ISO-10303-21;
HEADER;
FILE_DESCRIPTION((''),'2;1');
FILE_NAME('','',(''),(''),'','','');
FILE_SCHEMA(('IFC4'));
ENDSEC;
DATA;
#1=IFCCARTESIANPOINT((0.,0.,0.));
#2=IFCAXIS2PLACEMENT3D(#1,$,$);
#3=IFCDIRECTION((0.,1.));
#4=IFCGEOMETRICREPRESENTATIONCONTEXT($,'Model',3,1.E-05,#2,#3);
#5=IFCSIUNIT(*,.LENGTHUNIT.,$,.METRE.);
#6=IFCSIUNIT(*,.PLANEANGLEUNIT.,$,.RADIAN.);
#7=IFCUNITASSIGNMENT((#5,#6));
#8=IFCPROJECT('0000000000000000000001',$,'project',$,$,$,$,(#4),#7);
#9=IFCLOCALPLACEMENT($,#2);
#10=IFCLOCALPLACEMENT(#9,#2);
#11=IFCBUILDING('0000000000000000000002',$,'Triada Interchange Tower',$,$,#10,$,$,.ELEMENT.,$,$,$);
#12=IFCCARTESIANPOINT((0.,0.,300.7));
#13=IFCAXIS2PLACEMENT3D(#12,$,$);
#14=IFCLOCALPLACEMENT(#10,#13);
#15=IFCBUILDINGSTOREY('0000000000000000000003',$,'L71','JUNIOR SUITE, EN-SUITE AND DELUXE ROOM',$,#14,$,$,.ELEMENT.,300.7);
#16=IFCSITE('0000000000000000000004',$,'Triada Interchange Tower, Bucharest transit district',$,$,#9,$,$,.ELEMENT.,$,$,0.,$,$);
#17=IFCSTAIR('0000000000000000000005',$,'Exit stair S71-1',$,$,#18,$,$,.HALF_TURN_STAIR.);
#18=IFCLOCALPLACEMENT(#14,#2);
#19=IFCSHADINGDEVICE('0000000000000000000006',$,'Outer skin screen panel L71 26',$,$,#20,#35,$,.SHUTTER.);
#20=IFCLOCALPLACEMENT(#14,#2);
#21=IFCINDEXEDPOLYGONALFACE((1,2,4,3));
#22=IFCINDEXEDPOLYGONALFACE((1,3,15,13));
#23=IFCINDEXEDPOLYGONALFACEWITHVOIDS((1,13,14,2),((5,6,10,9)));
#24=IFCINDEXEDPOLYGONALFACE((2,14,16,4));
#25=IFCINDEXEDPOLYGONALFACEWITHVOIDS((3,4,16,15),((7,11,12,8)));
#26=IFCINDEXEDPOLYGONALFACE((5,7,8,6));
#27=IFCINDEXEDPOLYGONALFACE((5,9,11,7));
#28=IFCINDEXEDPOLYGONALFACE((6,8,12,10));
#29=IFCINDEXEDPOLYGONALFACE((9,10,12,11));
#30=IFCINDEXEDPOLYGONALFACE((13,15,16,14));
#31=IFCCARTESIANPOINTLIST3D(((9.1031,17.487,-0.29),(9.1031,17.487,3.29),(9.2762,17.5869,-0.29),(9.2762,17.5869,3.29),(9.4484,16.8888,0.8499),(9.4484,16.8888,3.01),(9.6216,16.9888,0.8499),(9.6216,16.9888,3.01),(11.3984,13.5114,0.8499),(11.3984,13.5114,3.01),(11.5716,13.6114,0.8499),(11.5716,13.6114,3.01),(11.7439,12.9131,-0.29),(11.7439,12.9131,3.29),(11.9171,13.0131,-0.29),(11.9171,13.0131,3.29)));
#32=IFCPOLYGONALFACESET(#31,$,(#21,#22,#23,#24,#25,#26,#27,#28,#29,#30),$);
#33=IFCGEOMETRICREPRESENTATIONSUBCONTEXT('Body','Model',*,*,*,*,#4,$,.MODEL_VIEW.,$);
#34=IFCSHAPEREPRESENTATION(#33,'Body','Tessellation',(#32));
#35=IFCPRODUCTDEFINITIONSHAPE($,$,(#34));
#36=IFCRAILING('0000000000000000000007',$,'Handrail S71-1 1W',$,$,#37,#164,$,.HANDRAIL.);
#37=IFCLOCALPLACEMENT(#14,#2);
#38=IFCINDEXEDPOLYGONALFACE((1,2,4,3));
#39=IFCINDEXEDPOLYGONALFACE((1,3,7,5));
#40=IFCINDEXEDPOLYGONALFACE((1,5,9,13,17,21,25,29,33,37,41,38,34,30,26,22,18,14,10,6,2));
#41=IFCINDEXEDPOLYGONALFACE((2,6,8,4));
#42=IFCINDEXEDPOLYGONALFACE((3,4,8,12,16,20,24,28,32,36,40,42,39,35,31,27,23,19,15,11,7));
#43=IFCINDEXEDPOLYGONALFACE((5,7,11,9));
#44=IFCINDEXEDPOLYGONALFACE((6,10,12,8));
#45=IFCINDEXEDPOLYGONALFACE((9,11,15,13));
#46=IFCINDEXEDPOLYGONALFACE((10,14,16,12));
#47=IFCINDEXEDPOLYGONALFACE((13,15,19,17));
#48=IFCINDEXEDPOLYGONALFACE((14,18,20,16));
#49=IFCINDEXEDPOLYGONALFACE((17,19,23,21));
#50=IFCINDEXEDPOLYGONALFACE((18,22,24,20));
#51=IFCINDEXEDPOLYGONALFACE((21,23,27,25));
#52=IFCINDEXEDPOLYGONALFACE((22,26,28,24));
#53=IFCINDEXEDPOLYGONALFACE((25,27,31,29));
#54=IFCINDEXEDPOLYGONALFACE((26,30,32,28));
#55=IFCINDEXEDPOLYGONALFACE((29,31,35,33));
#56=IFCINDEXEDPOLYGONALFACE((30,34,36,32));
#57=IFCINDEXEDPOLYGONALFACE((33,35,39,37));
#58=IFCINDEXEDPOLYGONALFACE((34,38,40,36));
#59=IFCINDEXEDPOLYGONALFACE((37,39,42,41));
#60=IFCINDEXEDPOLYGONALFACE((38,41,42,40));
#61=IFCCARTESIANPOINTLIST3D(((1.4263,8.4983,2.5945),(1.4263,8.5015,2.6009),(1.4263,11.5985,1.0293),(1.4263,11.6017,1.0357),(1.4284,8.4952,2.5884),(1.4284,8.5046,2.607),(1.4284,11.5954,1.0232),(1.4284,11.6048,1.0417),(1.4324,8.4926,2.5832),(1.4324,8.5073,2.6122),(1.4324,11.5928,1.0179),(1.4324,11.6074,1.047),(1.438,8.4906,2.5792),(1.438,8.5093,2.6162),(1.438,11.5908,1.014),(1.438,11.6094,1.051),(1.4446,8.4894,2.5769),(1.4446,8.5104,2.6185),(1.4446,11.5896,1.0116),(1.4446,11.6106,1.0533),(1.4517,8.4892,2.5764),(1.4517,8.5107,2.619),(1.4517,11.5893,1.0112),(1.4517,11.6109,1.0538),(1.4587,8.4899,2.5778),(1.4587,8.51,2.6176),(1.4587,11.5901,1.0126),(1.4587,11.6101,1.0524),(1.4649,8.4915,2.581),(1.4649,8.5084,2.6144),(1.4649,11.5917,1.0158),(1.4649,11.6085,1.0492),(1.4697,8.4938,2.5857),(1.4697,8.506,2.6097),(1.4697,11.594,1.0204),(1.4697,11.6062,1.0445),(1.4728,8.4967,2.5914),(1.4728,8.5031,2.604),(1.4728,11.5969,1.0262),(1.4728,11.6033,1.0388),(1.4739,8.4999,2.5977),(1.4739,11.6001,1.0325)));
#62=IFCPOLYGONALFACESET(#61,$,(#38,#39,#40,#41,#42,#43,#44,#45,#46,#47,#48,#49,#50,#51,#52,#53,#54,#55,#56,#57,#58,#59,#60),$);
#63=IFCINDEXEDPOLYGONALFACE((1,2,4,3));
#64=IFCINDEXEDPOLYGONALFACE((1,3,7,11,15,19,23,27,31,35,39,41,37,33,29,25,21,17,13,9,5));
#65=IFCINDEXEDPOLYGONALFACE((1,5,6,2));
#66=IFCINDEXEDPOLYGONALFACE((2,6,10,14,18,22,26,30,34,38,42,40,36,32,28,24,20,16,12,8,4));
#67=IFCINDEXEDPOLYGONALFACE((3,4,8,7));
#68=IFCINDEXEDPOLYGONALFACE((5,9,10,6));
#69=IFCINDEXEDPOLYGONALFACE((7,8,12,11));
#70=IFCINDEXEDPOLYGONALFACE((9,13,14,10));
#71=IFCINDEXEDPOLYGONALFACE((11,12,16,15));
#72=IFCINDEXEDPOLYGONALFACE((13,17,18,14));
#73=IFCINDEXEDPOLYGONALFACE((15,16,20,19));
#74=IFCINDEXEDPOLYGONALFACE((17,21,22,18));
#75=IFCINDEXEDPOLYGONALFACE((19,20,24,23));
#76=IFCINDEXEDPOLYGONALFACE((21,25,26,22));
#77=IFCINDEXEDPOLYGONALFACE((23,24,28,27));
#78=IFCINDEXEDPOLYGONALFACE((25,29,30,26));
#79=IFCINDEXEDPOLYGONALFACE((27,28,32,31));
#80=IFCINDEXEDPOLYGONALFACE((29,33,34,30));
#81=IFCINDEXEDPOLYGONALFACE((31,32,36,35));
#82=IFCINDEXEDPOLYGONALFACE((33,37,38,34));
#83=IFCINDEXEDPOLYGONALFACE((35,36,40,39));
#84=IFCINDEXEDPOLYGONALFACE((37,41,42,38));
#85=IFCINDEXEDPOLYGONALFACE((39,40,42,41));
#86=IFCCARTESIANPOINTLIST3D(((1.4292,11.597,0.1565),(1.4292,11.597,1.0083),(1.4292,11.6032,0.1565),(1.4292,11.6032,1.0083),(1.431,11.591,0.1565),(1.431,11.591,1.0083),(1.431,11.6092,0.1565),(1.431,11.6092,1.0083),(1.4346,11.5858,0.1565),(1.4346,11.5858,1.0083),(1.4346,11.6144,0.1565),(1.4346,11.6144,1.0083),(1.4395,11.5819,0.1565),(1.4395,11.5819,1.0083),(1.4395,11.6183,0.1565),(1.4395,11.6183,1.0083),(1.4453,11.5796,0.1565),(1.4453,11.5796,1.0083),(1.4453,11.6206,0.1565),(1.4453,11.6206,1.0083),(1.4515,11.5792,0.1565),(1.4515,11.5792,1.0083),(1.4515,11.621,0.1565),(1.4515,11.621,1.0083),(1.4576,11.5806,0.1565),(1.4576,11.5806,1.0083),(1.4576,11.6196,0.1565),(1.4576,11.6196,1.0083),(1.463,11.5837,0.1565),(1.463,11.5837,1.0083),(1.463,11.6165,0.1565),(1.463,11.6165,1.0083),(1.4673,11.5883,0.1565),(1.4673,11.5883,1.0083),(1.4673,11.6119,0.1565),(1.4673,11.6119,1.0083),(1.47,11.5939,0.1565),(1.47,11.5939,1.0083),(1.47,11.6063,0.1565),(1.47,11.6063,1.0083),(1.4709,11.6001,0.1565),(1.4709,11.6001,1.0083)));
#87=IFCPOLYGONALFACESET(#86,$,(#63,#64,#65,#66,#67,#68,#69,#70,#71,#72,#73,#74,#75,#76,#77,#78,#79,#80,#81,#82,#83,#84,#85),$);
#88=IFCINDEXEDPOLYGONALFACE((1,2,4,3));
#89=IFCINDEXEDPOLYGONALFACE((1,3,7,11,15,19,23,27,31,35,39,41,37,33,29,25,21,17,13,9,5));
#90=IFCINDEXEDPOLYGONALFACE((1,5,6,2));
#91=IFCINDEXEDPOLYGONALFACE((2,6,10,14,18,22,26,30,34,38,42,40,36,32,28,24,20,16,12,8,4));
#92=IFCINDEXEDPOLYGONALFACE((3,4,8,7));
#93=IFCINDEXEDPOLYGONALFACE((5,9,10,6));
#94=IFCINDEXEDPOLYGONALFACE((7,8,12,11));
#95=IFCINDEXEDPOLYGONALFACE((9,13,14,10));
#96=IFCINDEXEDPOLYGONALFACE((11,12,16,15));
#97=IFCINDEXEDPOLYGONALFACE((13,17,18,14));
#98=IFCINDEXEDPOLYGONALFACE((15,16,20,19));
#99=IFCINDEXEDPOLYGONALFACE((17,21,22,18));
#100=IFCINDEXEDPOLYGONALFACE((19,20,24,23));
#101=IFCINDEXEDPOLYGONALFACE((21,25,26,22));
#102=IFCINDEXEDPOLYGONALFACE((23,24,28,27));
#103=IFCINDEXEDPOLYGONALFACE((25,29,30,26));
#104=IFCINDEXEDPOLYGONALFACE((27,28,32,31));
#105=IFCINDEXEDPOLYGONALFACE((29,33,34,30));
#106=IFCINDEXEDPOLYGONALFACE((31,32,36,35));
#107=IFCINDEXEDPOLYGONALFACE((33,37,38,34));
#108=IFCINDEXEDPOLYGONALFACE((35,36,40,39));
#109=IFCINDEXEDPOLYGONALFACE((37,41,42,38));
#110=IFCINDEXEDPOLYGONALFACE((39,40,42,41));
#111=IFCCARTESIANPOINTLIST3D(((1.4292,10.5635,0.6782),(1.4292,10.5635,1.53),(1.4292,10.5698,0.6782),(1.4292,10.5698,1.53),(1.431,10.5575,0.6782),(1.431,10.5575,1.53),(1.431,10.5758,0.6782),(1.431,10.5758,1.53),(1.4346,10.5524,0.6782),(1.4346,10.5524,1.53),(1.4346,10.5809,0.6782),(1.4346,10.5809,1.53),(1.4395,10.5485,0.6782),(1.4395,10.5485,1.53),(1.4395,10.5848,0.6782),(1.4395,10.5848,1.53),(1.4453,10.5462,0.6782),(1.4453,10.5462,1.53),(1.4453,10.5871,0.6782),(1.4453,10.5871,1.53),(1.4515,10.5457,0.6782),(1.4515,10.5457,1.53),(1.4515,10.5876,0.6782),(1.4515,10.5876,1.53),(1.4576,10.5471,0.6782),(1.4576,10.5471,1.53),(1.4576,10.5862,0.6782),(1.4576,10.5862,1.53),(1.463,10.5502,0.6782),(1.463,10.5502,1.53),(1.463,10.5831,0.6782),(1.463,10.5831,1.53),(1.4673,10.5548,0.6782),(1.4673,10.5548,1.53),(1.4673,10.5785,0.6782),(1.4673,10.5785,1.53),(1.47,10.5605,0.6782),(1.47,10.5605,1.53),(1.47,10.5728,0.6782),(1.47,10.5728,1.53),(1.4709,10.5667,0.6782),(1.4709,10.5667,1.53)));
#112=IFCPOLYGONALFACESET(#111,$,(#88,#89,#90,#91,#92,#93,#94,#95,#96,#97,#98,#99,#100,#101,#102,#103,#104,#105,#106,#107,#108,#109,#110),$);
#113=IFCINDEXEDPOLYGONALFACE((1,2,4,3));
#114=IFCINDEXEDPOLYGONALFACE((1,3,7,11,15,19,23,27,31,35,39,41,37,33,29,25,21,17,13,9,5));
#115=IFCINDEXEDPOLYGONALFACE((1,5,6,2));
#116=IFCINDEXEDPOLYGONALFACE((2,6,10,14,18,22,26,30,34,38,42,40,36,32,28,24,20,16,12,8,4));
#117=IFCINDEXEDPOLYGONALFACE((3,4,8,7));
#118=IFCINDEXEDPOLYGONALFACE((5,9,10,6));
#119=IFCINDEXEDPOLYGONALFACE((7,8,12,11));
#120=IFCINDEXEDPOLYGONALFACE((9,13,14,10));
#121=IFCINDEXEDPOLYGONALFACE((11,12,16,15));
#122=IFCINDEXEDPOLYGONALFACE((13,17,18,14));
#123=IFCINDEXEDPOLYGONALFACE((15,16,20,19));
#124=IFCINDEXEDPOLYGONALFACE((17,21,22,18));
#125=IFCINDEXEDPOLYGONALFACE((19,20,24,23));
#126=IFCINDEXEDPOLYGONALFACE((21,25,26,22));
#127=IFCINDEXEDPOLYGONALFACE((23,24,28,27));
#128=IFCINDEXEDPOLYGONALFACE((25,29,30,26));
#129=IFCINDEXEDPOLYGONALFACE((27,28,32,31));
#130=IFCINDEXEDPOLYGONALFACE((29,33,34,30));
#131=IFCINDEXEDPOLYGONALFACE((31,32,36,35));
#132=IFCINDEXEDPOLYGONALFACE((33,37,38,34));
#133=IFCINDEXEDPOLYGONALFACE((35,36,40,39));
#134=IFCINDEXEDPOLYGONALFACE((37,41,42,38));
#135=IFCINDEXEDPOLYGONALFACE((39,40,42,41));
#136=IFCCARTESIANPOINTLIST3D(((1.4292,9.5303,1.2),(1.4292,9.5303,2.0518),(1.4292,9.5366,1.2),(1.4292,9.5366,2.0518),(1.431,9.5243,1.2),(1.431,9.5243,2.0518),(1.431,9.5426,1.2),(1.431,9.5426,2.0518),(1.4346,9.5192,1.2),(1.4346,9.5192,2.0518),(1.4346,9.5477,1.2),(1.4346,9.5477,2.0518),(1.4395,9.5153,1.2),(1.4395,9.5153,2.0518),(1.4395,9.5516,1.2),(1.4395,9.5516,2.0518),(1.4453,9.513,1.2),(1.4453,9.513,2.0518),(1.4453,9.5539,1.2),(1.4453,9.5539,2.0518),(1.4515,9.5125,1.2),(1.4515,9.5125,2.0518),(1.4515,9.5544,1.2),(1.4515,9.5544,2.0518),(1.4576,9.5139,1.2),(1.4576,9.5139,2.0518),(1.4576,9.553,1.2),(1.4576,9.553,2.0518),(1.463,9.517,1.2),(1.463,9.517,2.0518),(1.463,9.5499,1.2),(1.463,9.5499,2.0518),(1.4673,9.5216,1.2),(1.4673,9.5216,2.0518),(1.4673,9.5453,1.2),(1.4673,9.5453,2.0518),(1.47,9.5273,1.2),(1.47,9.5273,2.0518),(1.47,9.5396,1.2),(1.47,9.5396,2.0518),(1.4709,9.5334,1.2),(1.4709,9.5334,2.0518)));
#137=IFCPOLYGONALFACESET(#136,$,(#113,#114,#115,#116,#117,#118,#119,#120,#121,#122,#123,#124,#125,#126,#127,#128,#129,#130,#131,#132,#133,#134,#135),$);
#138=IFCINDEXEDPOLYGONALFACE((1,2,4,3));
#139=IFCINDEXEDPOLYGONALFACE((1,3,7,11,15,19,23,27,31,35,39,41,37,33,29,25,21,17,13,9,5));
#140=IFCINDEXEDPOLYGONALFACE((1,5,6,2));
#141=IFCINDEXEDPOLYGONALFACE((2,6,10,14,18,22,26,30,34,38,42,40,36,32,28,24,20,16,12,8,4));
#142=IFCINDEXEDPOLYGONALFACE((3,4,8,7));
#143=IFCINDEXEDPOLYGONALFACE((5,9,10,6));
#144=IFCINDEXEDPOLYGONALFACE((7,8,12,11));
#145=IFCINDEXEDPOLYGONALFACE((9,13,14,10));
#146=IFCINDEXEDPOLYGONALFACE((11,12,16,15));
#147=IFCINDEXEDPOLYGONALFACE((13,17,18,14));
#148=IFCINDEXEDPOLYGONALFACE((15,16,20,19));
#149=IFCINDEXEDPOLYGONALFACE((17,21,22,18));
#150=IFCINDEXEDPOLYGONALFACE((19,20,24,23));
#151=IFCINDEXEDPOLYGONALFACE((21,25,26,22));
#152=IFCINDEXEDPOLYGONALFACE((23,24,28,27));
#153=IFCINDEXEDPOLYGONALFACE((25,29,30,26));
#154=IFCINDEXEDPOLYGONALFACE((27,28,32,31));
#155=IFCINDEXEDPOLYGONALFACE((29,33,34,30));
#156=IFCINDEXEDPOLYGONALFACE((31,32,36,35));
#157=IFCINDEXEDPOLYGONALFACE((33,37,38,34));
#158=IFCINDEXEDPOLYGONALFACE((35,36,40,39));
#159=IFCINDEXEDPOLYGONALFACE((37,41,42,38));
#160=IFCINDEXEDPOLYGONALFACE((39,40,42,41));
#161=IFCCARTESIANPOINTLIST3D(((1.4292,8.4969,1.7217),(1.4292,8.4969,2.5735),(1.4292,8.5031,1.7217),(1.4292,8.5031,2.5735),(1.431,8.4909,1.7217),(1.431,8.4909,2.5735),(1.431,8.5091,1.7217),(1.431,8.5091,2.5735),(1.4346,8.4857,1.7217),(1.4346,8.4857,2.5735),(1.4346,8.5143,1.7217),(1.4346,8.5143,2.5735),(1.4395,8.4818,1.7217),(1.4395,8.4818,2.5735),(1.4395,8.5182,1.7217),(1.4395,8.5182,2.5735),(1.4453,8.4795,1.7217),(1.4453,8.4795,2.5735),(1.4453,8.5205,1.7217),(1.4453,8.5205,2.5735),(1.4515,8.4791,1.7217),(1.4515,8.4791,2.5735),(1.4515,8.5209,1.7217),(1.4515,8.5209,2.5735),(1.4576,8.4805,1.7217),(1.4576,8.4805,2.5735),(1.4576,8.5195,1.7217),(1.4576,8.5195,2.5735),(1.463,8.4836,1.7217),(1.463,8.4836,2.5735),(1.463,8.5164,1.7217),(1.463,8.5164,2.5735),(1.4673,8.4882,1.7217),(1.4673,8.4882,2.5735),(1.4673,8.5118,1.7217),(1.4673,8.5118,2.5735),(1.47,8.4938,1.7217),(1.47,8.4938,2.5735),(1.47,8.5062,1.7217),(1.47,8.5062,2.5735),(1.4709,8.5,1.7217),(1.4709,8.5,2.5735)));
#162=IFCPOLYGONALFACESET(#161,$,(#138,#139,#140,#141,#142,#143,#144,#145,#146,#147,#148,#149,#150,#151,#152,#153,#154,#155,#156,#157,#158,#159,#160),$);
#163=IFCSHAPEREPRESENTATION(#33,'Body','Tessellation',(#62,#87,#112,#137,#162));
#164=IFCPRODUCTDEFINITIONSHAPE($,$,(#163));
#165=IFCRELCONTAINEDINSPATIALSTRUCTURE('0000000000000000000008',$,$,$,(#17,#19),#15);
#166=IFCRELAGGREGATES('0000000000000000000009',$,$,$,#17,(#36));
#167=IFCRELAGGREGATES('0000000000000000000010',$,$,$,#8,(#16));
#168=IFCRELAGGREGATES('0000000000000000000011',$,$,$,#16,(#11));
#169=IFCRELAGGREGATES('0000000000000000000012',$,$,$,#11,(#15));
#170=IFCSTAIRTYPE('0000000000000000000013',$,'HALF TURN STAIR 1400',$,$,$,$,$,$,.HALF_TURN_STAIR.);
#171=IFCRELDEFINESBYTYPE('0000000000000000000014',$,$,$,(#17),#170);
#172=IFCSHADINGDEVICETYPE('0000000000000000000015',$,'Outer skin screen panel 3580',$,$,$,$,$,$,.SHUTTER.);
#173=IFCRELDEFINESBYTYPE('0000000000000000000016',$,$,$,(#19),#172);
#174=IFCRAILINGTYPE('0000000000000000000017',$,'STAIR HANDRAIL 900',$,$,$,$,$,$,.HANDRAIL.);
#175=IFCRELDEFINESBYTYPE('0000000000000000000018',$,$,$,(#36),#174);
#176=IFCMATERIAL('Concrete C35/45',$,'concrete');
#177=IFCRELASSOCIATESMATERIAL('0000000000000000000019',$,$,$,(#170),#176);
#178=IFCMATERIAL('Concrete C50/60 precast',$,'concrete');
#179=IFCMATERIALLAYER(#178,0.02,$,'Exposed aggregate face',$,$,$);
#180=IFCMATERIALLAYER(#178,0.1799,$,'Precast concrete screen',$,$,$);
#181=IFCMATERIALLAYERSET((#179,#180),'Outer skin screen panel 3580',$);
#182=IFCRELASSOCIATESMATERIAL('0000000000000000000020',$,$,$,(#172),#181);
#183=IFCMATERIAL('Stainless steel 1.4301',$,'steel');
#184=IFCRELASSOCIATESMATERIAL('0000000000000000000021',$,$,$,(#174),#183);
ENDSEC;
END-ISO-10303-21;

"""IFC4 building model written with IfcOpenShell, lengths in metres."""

from ifc_helpers import new_model, si_unit, direction, frame, origin, origin_2d, place, context, subcontext, project, spatial, polyline, circle, outline, extrude, material, layer, layer_set, type_object, element, aggregate, save


model = new_model("IFC4")

# Units and contexts
model_context = context("Model", 3, precision=1e-05, world=origin(), true_north=direction((0.0, 1.0)))
body_context = subcontext(model_context, "Body", "Model", "MODEL_VIEW")
ifc_project = project(units=[si_unit("LENGTHUNIT", "METRE"), si_unit("PLANEANGLEUNIT", "RADIAN")], contexts=[model_context])

# Site, building, storey
site_placement = place(None, origin())
site = spatial("IfcSite", under=ifc_project, at=site_placement, Name="Triada Interchange Tower, Bucharest transit district", CompositionType="ELEMENT", RefElevation=0.0)
building_placement = place(site_placement, origin())
building = spatial("IfcBuilding", under=site, at=building_placement, Name="Triada Interchange Tower", CompositionType="ELEMENT")
storey_placement = place(building_placement, frame((0.0, 0.0, 300.7)))
storey = spatial("IfcBuildingStorey", under=building, at=storey_placement, Name="L71", Description="JUNIOR SUITE, EN-SUITE AND DELUXE ROOM", CompositionType="ELEMENT", Elevation=300.7)

# Stair
ifc_material_1 = material(Name="Concrete C35/45", Category="concrete")
stair_type = type_object("IfcStairType", Name="HALF TURN STAIR 1400", PredefinedType="HALF_TURN_STAIR", material=ifc_material_1)
stair_placement = place(storey_placement, origin())
stair = element("IfcStair", 1, at=stair_placement, inside=storey, type_object=stair_type, Name="Exit stair S71-1", PredefinedType="HALF_TURN_STAIR")

# Shading device
ifc_material_2 = material(Name="Concrete C50/60 precast", Category="concrete")
ifc_layer_1 = layer(ifc_material_2, 0.02, Name="Exposed aggregate face")
ifc_layer_2 = layer(ifc_material_2, 0.1799, Name="Precast concrete screen")
ifc_layer_set_1 = layer_set([ifc_layer_1, ifc_layer_2], Name="Outer skin screen panel 3580")
shading_device_type = type_object("IfcShadingDeviceType", Name="Outer skin screen panel 3580", PredefinedType="SHUTTER", material=ifc_layer_set_1)
shading_device_1_placement = place(storey_placement, frame((11.7439, 12.9131, -0.29), z_axis=(0.0, 0.0, 1.0), x_axis=(-0.500012, 0.866019, 0.0)))
element("IfcShadingDevice", 2, at=shading_device_1_placement, inside=storey, type_object=shading_device_type, Name="Outer skin screen panel L71 26", PredefinedType="SHUTTER", context=body_context, shape_type="SweptSolid", body=[
    extrude(outline(polyline([(0.0, 0.0), (5.2815, 0.0), (5.2815, 3.5801), (0.0, 3.5801), (0.0, 0.0)]), holes=[polyline([(0.6909, 1.1399), (0.6909, 3.3), (4.5908, 3.3), (4.5908, 1.1399), (0.6909, 1.1399)])]), frame((0.0, 0.0, 0.0), z_axis=(0.0, -1.0, 0.0), x_axis=(1.0, 0.0, 0.0)), (0.0, 0.0, 1.0), 0.2),
])

# Railing
ifc_material_3 = material(Name="Stainless steel 1.4301", Category="steel")
railing_type = type_object("IfcRailingType", Name="STAIR HANDRAIL 900", PredefinedType="HANDRAIL", material=ifc_material_3)
railing_1_placement = place(storey_placement, frame((1.45, 11.6001, 0.1565)))
railing_1 = element("IfcRailing", 3, at=railing_1_placement, type_object=railing_type, Name="Handrail S71-1 1W", PredefinedType="HANDRAIL", context=body_context, shape_type="SweptSolid", body=[
    extrude(circle(Radius=0.0239, at=origin_2d()), frame((0.0, 0.0, 0.876), z_axis=(0.0, -0.892677, 0.450697), x_axis=(1.0, 0.0, 0.0)), (0.0, 0.0, 1.0), 3.4729),
    extrude(circle(Radius=0.021, at=origin_2d()), origin(), (0.0, 0.0, 1.0), 0.8518),
    extrude(circle(Radius=0.021, at=origin_2d()), frame((0.0, -1.0334, 0.5217)), (0.0, 0.0, 1.0), 0.8518),
    extrude(circle(Radius=0.021, at=origin_2d()), frame((0.0, -2.0667, 1.0435)), (0.0, 0.0, 1.0), 0.8518),
    extrude(circle(Radius=0.021, at=origin_2d()), frame((0.0, -3.1001, 1.5652)), (0.0, 0.0, 1.0), 0.8518),
])
aggregate(stair, [railing_1])

save(model, "model.ifc")
